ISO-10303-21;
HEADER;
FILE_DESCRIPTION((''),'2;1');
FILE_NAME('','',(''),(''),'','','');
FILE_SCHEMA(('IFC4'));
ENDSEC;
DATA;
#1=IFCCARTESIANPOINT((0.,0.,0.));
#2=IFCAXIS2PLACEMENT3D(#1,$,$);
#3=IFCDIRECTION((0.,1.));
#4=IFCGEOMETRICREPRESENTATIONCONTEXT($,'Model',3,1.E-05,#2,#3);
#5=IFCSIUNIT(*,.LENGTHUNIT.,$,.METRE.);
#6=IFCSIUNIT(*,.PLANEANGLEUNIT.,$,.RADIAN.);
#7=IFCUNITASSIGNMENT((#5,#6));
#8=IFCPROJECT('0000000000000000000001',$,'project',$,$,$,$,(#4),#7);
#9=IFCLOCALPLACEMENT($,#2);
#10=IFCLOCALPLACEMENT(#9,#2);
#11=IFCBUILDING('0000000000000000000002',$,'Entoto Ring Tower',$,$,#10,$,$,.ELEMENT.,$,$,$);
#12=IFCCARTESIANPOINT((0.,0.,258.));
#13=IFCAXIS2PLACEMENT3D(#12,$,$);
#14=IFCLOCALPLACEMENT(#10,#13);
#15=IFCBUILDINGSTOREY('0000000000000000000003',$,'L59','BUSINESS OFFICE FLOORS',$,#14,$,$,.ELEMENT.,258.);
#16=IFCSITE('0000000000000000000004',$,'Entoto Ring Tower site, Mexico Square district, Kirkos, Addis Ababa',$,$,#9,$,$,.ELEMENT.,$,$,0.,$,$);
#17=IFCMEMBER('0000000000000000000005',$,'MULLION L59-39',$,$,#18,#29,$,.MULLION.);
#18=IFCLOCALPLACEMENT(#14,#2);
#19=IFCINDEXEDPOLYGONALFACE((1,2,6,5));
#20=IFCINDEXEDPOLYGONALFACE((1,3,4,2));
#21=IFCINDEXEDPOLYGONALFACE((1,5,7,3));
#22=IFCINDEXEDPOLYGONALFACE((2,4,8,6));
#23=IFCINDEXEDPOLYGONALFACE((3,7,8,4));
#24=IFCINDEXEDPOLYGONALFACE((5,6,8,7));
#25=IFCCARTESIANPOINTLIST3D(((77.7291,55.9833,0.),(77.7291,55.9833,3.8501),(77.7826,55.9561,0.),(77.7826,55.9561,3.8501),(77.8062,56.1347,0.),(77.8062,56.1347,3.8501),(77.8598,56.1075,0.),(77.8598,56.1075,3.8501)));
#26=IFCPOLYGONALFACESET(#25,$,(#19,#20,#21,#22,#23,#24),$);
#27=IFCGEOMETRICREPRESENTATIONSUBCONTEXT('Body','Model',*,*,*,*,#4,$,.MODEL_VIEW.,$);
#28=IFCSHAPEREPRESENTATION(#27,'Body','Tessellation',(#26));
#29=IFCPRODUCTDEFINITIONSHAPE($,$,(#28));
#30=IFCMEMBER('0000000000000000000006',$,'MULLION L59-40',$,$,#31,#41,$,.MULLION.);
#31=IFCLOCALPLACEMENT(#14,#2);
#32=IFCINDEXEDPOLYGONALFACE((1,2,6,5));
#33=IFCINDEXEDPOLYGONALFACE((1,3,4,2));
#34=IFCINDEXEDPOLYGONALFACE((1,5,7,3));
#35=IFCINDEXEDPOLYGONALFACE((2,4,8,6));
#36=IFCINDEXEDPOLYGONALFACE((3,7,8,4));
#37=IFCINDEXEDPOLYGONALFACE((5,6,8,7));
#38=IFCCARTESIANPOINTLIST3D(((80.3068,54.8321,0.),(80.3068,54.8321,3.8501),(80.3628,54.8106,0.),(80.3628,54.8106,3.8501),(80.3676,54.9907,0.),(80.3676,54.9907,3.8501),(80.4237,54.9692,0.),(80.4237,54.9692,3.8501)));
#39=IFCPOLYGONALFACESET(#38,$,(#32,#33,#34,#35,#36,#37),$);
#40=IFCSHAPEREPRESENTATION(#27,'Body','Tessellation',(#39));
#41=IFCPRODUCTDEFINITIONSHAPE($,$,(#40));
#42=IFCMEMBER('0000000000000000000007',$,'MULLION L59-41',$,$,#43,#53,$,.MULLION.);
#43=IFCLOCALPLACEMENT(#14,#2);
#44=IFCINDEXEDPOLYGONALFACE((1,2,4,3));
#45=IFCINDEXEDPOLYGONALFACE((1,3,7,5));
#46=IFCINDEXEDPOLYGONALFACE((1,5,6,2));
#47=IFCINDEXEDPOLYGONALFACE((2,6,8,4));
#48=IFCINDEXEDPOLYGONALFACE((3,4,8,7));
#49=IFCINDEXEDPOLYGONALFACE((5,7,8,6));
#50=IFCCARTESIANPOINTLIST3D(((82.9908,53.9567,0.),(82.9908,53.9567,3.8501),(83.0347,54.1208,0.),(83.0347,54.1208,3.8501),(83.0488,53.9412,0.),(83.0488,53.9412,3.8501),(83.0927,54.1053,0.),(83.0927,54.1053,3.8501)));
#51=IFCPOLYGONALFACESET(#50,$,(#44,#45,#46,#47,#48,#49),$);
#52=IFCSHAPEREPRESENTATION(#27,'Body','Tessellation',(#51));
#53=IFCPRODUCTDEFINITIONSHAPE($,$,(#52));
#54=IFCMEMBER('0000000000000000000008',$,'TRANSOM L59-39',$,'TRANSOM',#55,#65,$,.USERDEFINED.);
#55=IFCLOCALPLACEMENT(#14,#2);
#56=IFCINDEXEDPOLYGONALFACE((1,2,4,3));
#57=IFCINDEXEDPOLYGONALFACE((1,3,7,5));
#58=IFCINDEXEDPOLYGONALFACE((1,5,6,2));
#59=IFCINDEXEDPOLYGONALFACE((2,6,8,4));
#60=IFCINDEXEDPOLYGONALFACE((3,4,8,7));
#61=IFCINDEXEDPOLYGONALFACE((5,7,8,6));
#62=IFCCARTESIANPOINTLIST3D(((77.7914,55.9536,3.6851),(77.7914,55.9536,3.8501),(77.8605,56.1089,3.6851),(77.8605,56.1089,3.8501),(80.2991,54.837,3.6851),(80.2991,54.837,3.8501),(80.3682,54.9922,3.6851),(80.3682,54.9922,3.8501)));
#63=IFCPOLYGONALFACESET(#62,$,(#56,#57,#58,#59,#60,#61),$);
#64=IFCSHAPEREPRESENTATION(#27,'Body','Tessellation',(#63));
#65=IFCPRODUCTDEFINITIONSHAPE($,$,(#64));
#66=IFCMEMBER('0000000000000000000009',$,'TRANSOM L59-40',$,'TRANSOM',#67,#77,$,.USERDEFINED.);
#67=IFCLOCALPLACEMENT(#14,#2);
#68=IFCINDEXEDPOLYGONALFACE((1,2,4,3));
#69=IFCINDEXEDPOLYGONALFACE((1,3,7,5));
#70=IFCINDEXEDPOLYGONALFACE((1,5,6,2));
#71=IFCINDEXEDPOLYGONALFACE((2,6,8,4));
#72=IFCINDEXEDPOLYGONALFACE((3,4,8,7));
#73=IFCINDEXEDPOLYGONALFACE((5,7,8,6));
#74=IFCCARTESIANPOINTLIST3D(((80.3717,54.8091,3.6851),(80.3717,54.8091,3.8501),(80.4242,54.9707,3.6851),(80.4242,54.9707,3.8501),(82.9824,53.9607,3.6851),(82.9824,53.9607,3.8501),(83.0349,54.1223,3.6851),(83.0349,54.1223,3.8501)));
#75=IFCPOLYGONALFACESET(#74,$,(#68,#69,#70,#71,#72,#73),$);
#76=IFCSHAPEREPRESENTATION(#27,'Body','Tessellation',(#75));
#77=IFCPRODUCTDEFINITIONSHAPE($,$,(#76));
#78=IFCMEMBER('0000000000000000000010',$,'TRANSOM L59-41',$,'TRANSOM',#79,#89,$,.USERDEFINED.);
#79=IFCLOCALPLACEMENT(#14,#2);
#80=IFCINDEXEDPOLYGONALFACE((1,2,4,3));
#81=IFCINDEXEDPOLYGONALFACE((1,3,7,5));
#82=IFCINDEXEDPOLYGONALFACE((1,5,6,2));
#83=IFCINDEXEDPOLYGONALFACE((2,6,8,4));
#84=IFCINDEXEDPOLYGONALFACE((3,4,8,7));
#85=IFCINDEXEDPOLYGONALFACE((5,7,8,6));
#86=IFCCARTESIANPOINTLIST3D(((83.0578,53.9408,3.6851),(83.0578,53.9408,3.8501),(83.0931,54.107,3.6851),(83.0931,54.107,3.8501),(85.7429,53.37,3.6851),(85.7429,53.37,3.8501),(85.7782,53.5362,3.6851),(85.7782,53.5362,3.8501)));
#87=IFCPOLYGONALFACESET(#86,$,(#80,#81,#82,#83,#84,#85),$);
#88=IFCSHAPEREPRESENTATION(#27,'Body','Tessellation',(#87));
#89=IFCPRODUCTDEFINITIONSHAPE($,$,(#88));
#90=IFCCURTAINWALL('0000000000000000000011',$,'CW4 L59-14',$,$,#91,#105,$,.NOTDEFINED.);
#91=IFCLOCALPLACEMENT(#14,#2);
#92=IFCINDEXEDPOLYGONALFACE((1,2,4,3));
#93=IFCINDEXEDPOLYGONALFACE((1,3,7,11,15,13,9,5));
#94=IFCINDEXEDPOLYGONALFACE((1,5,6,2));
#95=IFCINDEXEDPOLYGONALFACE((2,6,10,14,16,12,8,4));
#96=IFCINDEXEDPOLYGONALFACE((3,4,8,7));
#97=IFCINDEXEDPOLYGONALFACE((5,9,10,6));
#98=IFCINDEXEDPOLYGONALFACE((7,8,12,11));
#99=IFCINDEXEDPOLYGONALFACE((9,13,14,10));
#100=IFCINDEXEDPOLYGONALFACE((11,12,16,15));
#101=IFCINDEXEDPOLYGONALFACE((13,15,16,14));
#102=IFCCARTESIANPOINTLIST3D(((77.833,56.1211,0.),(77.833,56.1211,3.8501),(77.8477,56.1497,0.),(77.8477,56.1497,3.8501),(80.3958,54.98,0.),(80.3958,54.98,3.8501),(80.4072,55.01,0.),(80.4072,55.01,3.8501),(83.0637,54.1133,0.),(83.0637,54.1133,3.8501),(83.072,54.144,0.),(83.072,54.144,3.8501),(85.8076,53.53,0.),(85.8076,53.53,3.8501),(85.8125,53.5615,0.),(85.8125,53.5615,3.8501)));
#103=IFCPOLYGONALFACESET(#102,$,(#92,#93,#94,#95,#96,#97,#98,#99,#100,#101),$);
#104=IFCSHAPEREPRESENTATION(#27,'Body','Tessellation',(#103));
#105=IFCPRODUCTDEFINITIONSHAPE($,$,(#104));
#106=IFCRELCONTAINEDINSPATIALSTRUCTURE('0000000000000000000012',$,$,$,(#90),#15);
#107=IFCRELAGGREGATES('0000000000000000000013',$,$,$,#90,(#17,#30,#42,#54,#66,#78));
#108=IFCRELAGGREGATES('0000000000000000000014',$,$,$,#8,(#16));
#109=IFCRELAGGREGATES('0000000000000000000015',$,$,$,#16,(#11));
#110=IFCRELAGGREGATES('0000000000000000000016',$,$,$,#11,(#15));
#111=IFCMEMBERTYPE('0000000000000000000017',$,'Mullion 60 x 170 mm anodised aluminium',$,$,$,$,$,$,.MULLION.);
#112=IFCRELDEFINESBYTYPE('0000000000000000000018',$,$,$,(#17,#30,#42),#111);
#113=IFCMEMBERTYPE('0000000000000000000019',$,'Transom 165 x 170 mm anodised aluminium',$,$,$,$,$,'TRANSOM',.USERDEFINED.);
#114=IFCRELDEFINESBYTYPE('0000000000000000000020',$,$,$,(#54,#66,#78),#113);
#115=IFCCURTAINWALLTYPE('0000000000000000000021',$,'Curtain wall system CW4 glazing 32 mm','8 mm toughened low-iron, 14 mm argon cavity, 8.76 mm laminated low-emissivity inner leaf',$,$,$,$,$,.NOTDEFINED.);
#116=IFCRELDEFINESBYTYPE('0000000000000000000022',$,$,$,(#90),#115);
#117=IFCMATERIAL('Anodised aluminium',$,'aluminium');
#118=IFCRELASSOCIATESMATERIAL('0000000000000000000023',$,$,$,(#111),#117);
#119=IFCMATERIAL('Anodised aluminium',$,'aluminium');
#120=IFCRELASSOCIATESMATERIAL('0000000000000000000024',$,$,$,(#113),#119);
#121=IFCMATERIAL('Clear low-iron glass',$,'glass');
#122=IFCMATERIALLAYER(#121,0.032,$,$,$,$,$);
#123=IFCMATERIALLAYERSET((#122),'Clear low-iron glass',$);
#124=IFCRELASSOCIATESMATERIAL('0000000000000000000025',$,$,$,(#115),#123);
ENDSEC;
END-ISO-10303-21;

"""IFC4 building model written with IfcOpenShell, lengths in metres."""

from ifc_helpers import new_model, si_unit, direction, frame, origin, origin_2d, place, context, subcontext, project, spatial, polyline, rectangle, outline, extrude, material, layer, layer_set, material_profile, profile_set, type_object, element, aggregate, save


model = new_model("IFC4")

# Units and contexts
model_context = context("Model", 3, precision=1e-05, world=origin(), true_north=direction((0.0, 1.0)))
body_context = subcontext(model_context, "Body", "Model", "MODEL_VIEW")
ifc_project = project(units=[si_unit("LENGTHUNIT", "METRE"), si_unit("PLANEANGLEUNIT", "RADIAN")], contexts=[model_context])

# Members
ifc_material_1 = material(Name="Anodised aluminium", Category="aluminium")
ifc_material_profile_1 = material_profile(ifc_material_1, rectangle(XDim=0.0601, YDim=0.1699, at=origin_2d()), Name="Mullion 60 x 170 mm anodised aluminium")
ifc_profile_set_1 = profile_set([ifc_material_profile_1], Name="Anodised aluminium")
member_type_1 = type_object("IfcMemberType", Name="Mullion 60 x 170 mm anodised aluminium", PredefinedType="MULLION", material=ifc_profile_set_1)
site_placement = place(None, origin())
building_placement = place(site_placement, origin())
storey_placement = place(building_placement, frame((0.0, 0.0, 258.0)))
member_1_placement = place(storey_placement, frame((77.7944, 56.0454, 0.0), z_axis=(0.0, 0.0, 1.0), x_axis=(0.891007, -0.45399, 0.0)))
member_1 = element("IfcMember", 1, at=member_1_placement, type_object=member_type_1, Name="MULLION L59-39", PredefinedType="MULLION", context=body_context, shape_type="SweptSolid", body=[
    extrude(rectangle(XDim=0.0601, YDim=0.1699, at=origin_2d()), origin(), (0.0, 0.0, 1.0), 3.8501),
])
member_2_placement = place(storey_placement, frame((80.3652, 54.9006, 0.0), z_axis=(0.0, 0.0, 1.0), x_axis=(0.93358, -0.358368, 0.0)))
member_2 = element("IfcMember", 2, at=member_2_placement, type_object=member_type_1, Name="MULLION L59-40", PredefinedType="MULLION", context=body_context, shape_type="SweptSolid", body=[
    extrude(rectangle(XDim=0.0601, YDim=0.1699, at=origin_2d()), origin(), (0.0, 0.0, 1.0), 3.8501),
])
member_3_placement = place(storey_placement, frame((83.0417, 54.031, 0.0), z_axis=(0.0, 0.0, 1.0), x_axis=(0.965926, -0.258819, 0.0)))
member_3 = element("IfcMember", 3, at=member_3_placement, type_object=member_type_1, Name="MULLION L59-41", PredefinedType="MULLION", context=body_context, shape_type="SweptSolid", body=[
    extrude(rectangle(XDim=0.0601, YDim=0.1699, at=origin_2d()), origin(), (0.0, 0.0, 1.0), 3.8501),
])
ifc_material_2 = material(Name="Anodised aluminium", Category="aluminium")
ifc_material_profile_2 = material_profile(ifc_material_2, rectangle(XDim=0.1699, YDim=0.165, at=origin_2d()), Name="Transom 165 x 170 mm anodised aluminium")
ifc_profile_set_2 = profile_set([ifc_material_profile_2], Name="Anodised aluminium")
member_type_2 = type_object("IfcMemberType", Name="Transom 165 x 170 mm anodised aluminium", ElementType="TRANSOM", PredefinedType="USERDEFINED", material=ifc_profile_set_2)
member_4_placement = place(storey_placement, frame((77.8259, 56.0312, 3.7676), z_axis=(0.913525, -0.406782, 0.0), x_axis=(0.406782, 0.913525, 0.0)))
member_4 = element("IfcMember", 4, at=member_4_placement, type_object=member_type_2, Name="TRANSOM L59-39", ObjectType="TRANSOM", PredefinedType="USERDEFINED", context=body_context, shape_type="SweptSolid", body=[
    extrude(rectangle(XDim=0.1699, YDim=0.165, at=origin_2d()), origin(), (0.0, 0.0, 1.0), 2.7451),
])
member_5_placement = place(storey_placement, frame((80.3979, 54.8899, 3.7676), z_axis=(0.951048, -0.309042, 0.0), x_axis=(0.309042, 0.951048, 0.0)))
member_5 = element("IfcMember", 5, at=member_5_placement, type_object=member_type_2, Name="TRANSOM L59-40", ObjectType="TRANSOM", PredefinedType="USERDEFINED", context=body_context, shape_type="SweptSolid", body=[
    extrude(rectangle(XDim=0.1699, YDim=0.165, at=origin_2d()), origin(), (0.0, 0.0, 1.0), 2.7451),
])
member_6_placement = place(storey_placement, frame((83.0754, 54.0239, 3.7676), z_axis=(0.978142, -0.207937, 0.0), x_axis=(0.207937, 0.978142, 0.0)))
member_6 = element("IfcMember", 6, at=member_6_placement, type_object=member_type_2, Name="TRANSOM L59-41", ObjectType="TRANSOM", PredefinedType="USERDEFINED", context=body_context, shape_type="SweptSolid", body=[
    extrude(rectangle(XDim=0.1699, YDim=0.165, at=origin_2d()), origin(), (0.0, 0.0, 1.0), 2.7451),
])

# Site, building, storey
site = spatial("IfcSite", under=ifc_project, at=site_placement, Name="Entoto Ring Tower site, Mexico Square district, Kirkos, Addis Ababa", CompositionType="ELEMENT", RefElevation=0.0)
building = spatial("IfcBuilding", under=site, at=building_placement, Name="Entoto Ring Tower", CompositionType="ELEMENT")
storey = spatial("IfcBuildingStorey", under=building, at=storey_placement, Name="L59", Description="BUSINESS OFFICE FLOORS", CompositionType="ELEMENT", Elevation=258.0)

# Curtain wall
ifc_material_3 = material(Name="Clear low-iron glass", Category="glass")
ifc_layer = layer(ifc_material_3, 0.032)
ifc_layer_set = layer_set([ifc_layer], Name="Clear low-iron glass")
curtain_wall_type = type_object("IfcCurtainWallType", Name="Curtain wall system CW4 glazing 32 mm", Description="8 mm toughened low-iron, 14 mm argon cavity, 8.76 mm laminated low-emissivity inner leaf", PredefinedType="NOTDEFINED", material=ifc_layer_set)
curtain_wall_1_placement = place(storey_placement, origin())
curtain_wall_1 = element("IfcCurtainWall", 7, at=curtain_wall_1_placement, inside=storey, type_object=curtain_wall_type, Name="CW4 L59-14", PredefinedType="NOTDEFINED", context=body_context, shape_type="SweptSolid", body=[
    extrude(outline(polyline([(77.833, 56.1211), (80.3958, 54.98), (83.0637, 54.1133), (85.8076, 53.53), (85.8125, 53.5615), (83.072, 54.144), (80.4072, 55.01), (77.8477, 56.1497), (77.833, 56.1211)])), origin(), (0.0, 0.0, 1.0), 3.8501),
])
aggregate(curtain_wall_1, [member_1, member_2, member_3, member_4, member_5, member_6])

save(model, "model.ifc")
